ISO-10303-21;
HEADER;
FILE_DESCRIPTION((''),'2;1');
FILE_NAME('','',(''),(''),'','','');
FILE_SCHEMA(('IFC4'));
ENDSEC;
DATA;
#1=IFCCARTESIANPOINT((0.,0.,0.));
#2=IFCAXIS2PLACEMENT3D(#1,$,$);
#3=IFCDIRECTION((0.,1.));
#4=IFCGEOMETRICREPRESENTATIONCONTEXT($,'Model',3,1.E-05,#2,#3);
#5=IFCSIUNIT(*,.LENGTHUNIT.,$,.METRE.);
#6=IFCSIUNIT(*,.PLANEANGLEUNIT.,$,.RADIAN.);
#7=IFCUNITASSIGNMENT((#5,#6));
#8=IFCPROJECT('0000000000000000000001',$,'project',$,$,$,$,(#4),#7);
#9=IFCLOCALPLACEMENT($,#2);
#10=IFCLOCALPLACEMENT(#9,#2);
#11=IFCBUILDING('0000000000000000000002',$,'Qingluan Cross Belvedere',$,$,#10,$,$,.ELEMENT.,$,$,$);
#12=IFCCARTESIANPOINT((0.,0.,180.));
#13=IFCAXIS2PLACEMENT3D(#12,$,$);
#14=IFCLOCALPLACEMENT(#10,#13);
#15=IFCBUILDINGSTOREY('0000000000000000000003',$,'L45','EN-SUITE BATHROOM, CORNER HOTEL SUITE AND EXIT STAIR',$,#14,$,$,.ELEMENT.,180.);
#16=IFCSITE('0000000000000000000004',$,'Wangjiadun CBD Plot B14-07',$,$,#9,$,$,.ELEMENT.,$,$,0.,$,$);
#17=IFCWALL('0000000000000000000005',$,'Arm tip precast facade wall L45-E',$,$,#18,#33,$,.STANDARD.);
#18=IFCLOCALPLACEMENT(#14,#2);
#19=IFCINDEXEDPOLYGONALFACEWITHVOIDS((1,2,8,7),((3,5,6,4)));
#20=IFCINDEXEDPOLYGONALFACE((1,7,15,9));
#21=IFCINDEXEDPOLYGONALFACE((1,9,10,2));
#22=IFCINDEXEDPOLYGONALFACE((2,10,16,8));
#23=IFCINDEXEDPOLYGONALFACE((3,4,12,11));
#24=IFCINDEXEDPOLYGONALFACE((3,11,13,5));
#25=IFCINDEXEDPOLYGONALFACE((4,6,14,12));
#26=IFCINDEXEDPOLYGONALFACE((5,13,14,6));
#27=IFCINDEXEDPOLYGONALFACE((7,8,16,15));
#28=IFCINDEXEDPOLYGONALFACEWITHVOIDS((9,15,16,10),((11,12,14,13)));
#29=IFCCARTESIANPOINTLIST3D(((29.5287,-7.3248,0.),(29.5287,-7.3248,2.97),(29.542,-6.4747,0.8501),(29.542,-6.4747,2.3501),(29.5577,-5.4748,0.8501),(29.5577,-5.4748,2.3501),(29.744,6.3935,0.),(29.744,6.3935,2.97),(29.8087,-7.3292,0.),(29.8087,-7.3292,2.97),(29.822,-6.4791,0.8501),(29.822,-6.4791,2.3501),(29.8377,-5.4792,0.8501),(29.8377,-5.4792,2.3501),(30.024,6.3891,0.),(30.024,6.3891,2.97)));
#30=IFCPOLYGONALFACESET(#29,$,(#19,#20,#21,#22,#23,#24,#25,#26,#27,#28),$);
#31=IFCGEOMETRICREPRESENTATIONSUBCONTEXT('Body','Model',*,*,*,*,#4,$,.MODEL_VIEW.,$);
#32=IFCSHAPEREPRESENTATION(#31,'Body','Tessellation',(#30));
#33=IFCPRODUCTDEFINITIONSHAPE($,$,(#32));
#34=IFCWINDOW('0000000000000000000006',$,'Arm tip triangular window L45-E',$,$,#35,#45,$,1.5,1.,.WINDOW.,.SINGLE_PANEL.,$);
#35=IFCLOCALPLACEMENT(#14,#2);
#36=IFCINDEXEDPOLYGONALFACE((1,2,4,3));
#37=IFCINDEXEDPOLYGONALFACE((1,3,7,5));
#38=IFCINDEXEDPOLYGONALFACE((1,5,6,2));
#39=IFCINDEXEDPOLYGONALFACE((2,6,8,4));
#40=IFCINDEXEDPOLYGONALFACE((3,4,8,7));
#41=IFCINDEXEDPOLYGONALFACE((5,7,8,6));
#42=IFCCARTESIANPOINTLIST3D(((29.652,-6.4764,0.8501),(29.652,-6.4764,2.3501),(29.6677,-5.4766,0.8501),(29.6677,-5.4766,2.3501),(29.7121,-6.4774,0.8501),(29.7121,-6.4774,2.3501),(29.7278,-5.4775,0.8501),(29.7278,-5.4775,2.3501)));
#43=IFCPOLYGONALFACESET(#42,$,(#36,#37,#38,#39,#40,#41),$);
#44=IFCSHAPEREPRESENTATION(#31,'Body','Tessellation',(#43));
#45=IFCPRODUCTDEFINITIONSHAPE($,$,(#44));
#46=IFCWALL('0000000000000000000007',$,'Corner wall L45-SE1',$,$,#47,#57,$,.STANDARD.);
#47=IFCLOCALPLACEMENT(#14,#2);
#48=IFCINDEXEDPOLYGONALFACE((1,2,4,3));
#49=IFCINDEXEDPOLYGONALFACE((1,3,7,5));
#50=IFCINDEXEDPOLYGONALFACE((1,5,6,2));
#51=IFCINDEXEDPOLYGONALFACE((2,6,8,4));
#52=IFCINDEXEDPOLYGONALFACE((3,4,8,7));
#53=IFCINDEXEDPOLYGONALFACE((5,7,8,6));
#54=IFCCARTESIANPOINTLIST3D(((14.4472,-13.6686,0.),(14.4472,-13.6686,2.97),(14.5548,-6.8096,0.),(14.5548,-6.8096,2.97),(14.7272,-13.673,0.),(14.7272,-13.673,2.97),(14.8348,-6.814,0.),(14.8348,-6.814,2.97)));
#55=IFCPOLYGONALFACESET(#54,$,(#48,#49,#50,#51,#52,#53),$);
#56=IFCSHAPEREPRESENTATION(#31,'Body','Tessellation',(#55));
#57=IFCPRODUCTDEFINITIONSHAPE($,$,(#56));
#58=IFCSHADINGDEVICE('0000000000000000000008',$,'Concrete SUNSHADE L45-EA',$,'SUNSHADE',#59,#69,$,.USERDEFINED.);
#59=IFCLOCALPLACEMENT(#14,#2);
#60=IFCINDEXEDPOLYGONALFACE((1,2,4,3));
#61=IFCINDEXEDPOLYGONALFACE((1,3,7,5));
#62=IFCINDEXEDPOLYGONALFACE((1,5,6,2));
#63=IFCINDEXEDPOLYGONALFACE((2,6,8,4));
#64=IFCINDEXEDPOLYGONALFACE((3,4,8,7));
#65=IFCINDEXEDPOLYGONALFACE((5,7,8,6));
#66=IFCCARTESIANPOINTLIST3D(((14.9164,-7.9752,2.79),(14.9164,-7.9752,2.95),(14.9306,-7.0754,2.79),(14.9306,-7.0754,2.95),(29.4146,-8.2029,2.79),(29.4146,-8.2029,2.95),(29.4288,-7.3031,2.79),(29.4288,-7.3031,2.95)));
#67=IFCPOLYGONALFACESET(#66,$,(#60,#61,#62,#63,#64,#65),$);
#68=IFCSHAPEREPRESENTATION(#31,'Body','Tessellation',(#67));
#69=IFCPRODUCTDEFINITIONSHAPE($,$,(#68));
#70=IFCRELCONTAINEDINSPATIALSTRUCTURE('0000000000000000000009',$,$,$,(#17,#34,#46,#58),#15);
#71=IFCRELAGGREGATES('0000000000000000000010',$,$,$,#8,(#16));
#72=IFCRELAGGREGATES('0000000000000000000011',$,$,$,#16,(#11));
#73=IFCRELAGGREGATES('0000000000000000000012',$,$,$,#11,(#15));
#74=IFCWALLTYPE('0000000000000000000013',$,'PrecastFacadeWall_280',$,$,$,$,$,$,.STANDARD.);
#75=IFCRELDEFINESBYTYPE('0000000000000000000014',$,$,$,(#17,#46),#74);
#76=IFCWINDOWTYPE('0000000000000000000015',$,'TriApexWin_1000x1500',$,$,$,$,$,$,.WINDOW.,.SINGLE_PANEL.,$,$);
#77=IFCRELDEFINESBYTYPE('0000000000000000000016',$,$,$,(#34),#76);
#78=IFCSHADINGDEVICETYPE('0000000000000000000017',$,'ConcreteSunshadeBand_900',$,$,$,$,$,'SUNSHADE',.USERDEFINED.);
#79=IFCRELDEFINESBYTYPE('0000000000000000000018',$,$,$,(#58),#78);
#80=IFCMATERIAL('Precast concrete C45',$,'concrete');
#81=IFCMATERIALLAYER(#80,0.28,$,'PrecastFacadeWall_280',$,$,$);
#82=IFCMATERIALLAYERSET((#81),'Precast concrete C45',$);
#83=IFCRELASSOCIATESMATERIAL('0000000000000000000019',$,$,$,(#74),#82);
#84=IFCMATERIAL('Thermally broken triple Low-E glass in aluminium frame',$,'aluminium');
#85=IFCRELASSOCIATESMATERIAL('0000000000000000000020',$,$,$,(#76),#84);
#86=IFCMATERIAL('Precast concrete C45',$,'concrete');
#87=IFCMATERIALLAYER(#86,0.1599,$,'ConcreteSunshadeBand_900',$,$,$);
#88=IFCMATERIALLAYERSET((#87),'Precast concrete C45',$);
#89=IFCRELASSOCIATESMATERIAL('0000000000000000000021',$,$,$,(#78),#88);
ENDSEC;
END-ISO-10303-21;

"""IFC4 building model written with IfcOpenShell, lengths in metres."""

from ifc_helpers import new_model, si_unit, direction, frame, frame_2d, origin, origin_2d, place, context, subcontext, project, spatial, rectangle, extrude, material, layer, layer_set, type_object, element, fill, save


model = new_model("IFC4")

# Units and contexts
model_context = context("Model", 3, precision=1e-05, world=origin(), true_north=direction((0.0, 1.0)))
body_context = subcontext(model_context, "Body", "Model", "MODEL_VIEW")
ifc_project = project(units=[si_unit("LENGTHUNIT", "METRE"), si_unit("PLANEANGLEUNIT", "RADIAN")], contexts=[model_context])

# Site, building, storey
site_placement = place(None, origin())
site = spatial("IfcSite", under=ifc_project, at=site_placement, Name="Wangjiadun CBD Plot B14-07", CompositionType="ELEMENT", RefElevation=0.0)
building_placement = place(site_placement, origin())
building = spatial("IfcBuilding", under=site, at=building_placement, Name="Qingluan Cross Belvedere", CompositionType="ELEMENT")
storey_placement = place(building_placement, frame((0.0, 0.0, 180.0)))
storey = spatial("IfcBuildingStorey", under=building, at=storey_placement, Name="L45", Description="EN-SUITE BATHROOM, CORNER HOTEL SUITE AND EXIT STAIR", CompositionType="ELEMENT", Elevation=180.0)

# Shared definitions
ifc_material_1 = material(Name="Precast concrete C45", Category="concrete")
ifc_layer_1 = layer(ifc_material_1, 0.28, Name="PrecastFacadeWall_280")
ifc_layer_set_1 = layer_set([ifc_layer_1], Name="Precast concrete C45")
wall_type_1 = type_object("IfcWallType", Name="PrecastFacadeWall_280", PredefinedType="STANDARD", material=ifc_layer_set_1)

# Wall, opening, window
wall_1_placement = place(storey_placement, frame((29.6687, -7.3269, 0.0), z_axis=(0.0, 0.0, 1.0), x_axis=(0.015695, 0.999877, 0.0)))
wall_1 = element("IfcWall", 1, at=wall_1_placement, inside=storey, type_object=wall_type_1, Name="Arm tip precast facade wall L45-E", PredefinedType="STANDARD", context=body_context, shape_type="SweptSolid", body=[
    extrude(rectangle(XDim=13.72, YDim=0.28, at=frame_2d((6.8599, 0.0))), origin(), (0.0, 0.0, 1.0), 2.97),
])
opening_1_placement = place(wall_1_placement, frame((0.8501, 0.0, 0.8501)))
opening_1 = element("IfcOpeningElement", 2, at=opening_1_placement, cuts=wall_1, PredefinedType="OPENING", context=body_context, shape_type="SweptSolid", body=[
    extrude(rectangle(XDim=1.0, YDim=1.5, at=frame_2d((0.5, 0.75))), frame((0.0, 0.1499, 0.0), z_axis=(0.0, -1.0, 0.0), x_axis=(1.0, 0.0, 0.0)), (0.0, 0.0, 1.0), 0.3),
])
ifc_material_2 = material(Name="Thermally broken triple Low-E glass in aluminium frame", Category="aluminium")
window_type_1 = type_object("IfcWindowType", Name="TriApexWin_1000x1500", PartitioningType="SINGLE_PANEL", PredefinedType="WINDOW", material=ifc_material_2)
window_1_placement = place(opening_1_placement, origin())
window_1 = element("IfcWindow", 3, at=window_1_placement, inside=storey, type_object=window_type_1, Name="Arm tip triangular window L45-E", OverallHeight=1.5, OverallWidth=1.0, PartitioningType="SINGLE_PANEL", PredefinedType="WINDOW", context=body_context, shape_type="SweptSolid", body=[
    extrude(rectangle(XDim=1.0, YDim=1.5, at=frame_2d((0.5, 0.75))), frame((0.0, 0.03, 0.0), z_axis=(0.0, -1.0, 0.0), x_axis=(1.0, 0.0, 0.0)), (0.0, 0.0, 1.0), 0.0601),
])
fill(opening_1, window_1)

# Wall
wall_2_placement = place(storey_placement, frame((14.6948, -6.8118, 0.0), z_axis=(0.0, 0.0, 1.0), x_axis=(-0.015695, -0.999877, 0.0)))
element("IfcWall", 4, at=wall_2_placement, inside=storey, type_object=wall_type_1, Name="Corner wall L45-SE1", PredefinedType="STANDARD", context=body_context, shape_type="SweptSolid", body=[
    extrude(rectangle(XDim=6.8599, YDim=0.28, at=frame_2d((3.4299, 0.0))), origin(), (0.0, 0.0, 1.0), 2.97),
])

# Shading device
ifc_material_3 = material(Name="Precast concrete C45", Category="concrete")
ifc_layer_2 = layer(ifc_material_3, 0.1599, Name="ConcreteSunshadeBand_900")
ifc_layer_set_2 = layer_set([ifc_layer_2], Name="Precast concrete C45")
shading_device_type = type_object("IfcShadingDeviceType", Name="ConcreteSunshadeBand_900", ElementType="SUNSHADE", PredefinedType="USERDEFINED", material=ifc_layer_set_2)
shading_device_placement = place(storey_placement, frame((22.1726, -7.6392, 2.79), z_axis=(0.0, 0.0, 1.0), x_axis=(0.999877, -0.015707, 0.0)))
element("IfcShadingDevice", 5, at=shading_device_placement, inside=storey, type_object=shading_device_type, Name="Concrete SUNSHADE L45-EA", ObjectType="SUNSHADE", PredefinedType="USERDEFINED", context=body_context, shape_type="SweptSolid", body=[
    extrude(rectangle(XDim=14.5, YDim=0.8999, at=origin_2d()), origin(), (0.0, 0.0, 1.0), 0.1599),
])

save(model, "model.ifc")
